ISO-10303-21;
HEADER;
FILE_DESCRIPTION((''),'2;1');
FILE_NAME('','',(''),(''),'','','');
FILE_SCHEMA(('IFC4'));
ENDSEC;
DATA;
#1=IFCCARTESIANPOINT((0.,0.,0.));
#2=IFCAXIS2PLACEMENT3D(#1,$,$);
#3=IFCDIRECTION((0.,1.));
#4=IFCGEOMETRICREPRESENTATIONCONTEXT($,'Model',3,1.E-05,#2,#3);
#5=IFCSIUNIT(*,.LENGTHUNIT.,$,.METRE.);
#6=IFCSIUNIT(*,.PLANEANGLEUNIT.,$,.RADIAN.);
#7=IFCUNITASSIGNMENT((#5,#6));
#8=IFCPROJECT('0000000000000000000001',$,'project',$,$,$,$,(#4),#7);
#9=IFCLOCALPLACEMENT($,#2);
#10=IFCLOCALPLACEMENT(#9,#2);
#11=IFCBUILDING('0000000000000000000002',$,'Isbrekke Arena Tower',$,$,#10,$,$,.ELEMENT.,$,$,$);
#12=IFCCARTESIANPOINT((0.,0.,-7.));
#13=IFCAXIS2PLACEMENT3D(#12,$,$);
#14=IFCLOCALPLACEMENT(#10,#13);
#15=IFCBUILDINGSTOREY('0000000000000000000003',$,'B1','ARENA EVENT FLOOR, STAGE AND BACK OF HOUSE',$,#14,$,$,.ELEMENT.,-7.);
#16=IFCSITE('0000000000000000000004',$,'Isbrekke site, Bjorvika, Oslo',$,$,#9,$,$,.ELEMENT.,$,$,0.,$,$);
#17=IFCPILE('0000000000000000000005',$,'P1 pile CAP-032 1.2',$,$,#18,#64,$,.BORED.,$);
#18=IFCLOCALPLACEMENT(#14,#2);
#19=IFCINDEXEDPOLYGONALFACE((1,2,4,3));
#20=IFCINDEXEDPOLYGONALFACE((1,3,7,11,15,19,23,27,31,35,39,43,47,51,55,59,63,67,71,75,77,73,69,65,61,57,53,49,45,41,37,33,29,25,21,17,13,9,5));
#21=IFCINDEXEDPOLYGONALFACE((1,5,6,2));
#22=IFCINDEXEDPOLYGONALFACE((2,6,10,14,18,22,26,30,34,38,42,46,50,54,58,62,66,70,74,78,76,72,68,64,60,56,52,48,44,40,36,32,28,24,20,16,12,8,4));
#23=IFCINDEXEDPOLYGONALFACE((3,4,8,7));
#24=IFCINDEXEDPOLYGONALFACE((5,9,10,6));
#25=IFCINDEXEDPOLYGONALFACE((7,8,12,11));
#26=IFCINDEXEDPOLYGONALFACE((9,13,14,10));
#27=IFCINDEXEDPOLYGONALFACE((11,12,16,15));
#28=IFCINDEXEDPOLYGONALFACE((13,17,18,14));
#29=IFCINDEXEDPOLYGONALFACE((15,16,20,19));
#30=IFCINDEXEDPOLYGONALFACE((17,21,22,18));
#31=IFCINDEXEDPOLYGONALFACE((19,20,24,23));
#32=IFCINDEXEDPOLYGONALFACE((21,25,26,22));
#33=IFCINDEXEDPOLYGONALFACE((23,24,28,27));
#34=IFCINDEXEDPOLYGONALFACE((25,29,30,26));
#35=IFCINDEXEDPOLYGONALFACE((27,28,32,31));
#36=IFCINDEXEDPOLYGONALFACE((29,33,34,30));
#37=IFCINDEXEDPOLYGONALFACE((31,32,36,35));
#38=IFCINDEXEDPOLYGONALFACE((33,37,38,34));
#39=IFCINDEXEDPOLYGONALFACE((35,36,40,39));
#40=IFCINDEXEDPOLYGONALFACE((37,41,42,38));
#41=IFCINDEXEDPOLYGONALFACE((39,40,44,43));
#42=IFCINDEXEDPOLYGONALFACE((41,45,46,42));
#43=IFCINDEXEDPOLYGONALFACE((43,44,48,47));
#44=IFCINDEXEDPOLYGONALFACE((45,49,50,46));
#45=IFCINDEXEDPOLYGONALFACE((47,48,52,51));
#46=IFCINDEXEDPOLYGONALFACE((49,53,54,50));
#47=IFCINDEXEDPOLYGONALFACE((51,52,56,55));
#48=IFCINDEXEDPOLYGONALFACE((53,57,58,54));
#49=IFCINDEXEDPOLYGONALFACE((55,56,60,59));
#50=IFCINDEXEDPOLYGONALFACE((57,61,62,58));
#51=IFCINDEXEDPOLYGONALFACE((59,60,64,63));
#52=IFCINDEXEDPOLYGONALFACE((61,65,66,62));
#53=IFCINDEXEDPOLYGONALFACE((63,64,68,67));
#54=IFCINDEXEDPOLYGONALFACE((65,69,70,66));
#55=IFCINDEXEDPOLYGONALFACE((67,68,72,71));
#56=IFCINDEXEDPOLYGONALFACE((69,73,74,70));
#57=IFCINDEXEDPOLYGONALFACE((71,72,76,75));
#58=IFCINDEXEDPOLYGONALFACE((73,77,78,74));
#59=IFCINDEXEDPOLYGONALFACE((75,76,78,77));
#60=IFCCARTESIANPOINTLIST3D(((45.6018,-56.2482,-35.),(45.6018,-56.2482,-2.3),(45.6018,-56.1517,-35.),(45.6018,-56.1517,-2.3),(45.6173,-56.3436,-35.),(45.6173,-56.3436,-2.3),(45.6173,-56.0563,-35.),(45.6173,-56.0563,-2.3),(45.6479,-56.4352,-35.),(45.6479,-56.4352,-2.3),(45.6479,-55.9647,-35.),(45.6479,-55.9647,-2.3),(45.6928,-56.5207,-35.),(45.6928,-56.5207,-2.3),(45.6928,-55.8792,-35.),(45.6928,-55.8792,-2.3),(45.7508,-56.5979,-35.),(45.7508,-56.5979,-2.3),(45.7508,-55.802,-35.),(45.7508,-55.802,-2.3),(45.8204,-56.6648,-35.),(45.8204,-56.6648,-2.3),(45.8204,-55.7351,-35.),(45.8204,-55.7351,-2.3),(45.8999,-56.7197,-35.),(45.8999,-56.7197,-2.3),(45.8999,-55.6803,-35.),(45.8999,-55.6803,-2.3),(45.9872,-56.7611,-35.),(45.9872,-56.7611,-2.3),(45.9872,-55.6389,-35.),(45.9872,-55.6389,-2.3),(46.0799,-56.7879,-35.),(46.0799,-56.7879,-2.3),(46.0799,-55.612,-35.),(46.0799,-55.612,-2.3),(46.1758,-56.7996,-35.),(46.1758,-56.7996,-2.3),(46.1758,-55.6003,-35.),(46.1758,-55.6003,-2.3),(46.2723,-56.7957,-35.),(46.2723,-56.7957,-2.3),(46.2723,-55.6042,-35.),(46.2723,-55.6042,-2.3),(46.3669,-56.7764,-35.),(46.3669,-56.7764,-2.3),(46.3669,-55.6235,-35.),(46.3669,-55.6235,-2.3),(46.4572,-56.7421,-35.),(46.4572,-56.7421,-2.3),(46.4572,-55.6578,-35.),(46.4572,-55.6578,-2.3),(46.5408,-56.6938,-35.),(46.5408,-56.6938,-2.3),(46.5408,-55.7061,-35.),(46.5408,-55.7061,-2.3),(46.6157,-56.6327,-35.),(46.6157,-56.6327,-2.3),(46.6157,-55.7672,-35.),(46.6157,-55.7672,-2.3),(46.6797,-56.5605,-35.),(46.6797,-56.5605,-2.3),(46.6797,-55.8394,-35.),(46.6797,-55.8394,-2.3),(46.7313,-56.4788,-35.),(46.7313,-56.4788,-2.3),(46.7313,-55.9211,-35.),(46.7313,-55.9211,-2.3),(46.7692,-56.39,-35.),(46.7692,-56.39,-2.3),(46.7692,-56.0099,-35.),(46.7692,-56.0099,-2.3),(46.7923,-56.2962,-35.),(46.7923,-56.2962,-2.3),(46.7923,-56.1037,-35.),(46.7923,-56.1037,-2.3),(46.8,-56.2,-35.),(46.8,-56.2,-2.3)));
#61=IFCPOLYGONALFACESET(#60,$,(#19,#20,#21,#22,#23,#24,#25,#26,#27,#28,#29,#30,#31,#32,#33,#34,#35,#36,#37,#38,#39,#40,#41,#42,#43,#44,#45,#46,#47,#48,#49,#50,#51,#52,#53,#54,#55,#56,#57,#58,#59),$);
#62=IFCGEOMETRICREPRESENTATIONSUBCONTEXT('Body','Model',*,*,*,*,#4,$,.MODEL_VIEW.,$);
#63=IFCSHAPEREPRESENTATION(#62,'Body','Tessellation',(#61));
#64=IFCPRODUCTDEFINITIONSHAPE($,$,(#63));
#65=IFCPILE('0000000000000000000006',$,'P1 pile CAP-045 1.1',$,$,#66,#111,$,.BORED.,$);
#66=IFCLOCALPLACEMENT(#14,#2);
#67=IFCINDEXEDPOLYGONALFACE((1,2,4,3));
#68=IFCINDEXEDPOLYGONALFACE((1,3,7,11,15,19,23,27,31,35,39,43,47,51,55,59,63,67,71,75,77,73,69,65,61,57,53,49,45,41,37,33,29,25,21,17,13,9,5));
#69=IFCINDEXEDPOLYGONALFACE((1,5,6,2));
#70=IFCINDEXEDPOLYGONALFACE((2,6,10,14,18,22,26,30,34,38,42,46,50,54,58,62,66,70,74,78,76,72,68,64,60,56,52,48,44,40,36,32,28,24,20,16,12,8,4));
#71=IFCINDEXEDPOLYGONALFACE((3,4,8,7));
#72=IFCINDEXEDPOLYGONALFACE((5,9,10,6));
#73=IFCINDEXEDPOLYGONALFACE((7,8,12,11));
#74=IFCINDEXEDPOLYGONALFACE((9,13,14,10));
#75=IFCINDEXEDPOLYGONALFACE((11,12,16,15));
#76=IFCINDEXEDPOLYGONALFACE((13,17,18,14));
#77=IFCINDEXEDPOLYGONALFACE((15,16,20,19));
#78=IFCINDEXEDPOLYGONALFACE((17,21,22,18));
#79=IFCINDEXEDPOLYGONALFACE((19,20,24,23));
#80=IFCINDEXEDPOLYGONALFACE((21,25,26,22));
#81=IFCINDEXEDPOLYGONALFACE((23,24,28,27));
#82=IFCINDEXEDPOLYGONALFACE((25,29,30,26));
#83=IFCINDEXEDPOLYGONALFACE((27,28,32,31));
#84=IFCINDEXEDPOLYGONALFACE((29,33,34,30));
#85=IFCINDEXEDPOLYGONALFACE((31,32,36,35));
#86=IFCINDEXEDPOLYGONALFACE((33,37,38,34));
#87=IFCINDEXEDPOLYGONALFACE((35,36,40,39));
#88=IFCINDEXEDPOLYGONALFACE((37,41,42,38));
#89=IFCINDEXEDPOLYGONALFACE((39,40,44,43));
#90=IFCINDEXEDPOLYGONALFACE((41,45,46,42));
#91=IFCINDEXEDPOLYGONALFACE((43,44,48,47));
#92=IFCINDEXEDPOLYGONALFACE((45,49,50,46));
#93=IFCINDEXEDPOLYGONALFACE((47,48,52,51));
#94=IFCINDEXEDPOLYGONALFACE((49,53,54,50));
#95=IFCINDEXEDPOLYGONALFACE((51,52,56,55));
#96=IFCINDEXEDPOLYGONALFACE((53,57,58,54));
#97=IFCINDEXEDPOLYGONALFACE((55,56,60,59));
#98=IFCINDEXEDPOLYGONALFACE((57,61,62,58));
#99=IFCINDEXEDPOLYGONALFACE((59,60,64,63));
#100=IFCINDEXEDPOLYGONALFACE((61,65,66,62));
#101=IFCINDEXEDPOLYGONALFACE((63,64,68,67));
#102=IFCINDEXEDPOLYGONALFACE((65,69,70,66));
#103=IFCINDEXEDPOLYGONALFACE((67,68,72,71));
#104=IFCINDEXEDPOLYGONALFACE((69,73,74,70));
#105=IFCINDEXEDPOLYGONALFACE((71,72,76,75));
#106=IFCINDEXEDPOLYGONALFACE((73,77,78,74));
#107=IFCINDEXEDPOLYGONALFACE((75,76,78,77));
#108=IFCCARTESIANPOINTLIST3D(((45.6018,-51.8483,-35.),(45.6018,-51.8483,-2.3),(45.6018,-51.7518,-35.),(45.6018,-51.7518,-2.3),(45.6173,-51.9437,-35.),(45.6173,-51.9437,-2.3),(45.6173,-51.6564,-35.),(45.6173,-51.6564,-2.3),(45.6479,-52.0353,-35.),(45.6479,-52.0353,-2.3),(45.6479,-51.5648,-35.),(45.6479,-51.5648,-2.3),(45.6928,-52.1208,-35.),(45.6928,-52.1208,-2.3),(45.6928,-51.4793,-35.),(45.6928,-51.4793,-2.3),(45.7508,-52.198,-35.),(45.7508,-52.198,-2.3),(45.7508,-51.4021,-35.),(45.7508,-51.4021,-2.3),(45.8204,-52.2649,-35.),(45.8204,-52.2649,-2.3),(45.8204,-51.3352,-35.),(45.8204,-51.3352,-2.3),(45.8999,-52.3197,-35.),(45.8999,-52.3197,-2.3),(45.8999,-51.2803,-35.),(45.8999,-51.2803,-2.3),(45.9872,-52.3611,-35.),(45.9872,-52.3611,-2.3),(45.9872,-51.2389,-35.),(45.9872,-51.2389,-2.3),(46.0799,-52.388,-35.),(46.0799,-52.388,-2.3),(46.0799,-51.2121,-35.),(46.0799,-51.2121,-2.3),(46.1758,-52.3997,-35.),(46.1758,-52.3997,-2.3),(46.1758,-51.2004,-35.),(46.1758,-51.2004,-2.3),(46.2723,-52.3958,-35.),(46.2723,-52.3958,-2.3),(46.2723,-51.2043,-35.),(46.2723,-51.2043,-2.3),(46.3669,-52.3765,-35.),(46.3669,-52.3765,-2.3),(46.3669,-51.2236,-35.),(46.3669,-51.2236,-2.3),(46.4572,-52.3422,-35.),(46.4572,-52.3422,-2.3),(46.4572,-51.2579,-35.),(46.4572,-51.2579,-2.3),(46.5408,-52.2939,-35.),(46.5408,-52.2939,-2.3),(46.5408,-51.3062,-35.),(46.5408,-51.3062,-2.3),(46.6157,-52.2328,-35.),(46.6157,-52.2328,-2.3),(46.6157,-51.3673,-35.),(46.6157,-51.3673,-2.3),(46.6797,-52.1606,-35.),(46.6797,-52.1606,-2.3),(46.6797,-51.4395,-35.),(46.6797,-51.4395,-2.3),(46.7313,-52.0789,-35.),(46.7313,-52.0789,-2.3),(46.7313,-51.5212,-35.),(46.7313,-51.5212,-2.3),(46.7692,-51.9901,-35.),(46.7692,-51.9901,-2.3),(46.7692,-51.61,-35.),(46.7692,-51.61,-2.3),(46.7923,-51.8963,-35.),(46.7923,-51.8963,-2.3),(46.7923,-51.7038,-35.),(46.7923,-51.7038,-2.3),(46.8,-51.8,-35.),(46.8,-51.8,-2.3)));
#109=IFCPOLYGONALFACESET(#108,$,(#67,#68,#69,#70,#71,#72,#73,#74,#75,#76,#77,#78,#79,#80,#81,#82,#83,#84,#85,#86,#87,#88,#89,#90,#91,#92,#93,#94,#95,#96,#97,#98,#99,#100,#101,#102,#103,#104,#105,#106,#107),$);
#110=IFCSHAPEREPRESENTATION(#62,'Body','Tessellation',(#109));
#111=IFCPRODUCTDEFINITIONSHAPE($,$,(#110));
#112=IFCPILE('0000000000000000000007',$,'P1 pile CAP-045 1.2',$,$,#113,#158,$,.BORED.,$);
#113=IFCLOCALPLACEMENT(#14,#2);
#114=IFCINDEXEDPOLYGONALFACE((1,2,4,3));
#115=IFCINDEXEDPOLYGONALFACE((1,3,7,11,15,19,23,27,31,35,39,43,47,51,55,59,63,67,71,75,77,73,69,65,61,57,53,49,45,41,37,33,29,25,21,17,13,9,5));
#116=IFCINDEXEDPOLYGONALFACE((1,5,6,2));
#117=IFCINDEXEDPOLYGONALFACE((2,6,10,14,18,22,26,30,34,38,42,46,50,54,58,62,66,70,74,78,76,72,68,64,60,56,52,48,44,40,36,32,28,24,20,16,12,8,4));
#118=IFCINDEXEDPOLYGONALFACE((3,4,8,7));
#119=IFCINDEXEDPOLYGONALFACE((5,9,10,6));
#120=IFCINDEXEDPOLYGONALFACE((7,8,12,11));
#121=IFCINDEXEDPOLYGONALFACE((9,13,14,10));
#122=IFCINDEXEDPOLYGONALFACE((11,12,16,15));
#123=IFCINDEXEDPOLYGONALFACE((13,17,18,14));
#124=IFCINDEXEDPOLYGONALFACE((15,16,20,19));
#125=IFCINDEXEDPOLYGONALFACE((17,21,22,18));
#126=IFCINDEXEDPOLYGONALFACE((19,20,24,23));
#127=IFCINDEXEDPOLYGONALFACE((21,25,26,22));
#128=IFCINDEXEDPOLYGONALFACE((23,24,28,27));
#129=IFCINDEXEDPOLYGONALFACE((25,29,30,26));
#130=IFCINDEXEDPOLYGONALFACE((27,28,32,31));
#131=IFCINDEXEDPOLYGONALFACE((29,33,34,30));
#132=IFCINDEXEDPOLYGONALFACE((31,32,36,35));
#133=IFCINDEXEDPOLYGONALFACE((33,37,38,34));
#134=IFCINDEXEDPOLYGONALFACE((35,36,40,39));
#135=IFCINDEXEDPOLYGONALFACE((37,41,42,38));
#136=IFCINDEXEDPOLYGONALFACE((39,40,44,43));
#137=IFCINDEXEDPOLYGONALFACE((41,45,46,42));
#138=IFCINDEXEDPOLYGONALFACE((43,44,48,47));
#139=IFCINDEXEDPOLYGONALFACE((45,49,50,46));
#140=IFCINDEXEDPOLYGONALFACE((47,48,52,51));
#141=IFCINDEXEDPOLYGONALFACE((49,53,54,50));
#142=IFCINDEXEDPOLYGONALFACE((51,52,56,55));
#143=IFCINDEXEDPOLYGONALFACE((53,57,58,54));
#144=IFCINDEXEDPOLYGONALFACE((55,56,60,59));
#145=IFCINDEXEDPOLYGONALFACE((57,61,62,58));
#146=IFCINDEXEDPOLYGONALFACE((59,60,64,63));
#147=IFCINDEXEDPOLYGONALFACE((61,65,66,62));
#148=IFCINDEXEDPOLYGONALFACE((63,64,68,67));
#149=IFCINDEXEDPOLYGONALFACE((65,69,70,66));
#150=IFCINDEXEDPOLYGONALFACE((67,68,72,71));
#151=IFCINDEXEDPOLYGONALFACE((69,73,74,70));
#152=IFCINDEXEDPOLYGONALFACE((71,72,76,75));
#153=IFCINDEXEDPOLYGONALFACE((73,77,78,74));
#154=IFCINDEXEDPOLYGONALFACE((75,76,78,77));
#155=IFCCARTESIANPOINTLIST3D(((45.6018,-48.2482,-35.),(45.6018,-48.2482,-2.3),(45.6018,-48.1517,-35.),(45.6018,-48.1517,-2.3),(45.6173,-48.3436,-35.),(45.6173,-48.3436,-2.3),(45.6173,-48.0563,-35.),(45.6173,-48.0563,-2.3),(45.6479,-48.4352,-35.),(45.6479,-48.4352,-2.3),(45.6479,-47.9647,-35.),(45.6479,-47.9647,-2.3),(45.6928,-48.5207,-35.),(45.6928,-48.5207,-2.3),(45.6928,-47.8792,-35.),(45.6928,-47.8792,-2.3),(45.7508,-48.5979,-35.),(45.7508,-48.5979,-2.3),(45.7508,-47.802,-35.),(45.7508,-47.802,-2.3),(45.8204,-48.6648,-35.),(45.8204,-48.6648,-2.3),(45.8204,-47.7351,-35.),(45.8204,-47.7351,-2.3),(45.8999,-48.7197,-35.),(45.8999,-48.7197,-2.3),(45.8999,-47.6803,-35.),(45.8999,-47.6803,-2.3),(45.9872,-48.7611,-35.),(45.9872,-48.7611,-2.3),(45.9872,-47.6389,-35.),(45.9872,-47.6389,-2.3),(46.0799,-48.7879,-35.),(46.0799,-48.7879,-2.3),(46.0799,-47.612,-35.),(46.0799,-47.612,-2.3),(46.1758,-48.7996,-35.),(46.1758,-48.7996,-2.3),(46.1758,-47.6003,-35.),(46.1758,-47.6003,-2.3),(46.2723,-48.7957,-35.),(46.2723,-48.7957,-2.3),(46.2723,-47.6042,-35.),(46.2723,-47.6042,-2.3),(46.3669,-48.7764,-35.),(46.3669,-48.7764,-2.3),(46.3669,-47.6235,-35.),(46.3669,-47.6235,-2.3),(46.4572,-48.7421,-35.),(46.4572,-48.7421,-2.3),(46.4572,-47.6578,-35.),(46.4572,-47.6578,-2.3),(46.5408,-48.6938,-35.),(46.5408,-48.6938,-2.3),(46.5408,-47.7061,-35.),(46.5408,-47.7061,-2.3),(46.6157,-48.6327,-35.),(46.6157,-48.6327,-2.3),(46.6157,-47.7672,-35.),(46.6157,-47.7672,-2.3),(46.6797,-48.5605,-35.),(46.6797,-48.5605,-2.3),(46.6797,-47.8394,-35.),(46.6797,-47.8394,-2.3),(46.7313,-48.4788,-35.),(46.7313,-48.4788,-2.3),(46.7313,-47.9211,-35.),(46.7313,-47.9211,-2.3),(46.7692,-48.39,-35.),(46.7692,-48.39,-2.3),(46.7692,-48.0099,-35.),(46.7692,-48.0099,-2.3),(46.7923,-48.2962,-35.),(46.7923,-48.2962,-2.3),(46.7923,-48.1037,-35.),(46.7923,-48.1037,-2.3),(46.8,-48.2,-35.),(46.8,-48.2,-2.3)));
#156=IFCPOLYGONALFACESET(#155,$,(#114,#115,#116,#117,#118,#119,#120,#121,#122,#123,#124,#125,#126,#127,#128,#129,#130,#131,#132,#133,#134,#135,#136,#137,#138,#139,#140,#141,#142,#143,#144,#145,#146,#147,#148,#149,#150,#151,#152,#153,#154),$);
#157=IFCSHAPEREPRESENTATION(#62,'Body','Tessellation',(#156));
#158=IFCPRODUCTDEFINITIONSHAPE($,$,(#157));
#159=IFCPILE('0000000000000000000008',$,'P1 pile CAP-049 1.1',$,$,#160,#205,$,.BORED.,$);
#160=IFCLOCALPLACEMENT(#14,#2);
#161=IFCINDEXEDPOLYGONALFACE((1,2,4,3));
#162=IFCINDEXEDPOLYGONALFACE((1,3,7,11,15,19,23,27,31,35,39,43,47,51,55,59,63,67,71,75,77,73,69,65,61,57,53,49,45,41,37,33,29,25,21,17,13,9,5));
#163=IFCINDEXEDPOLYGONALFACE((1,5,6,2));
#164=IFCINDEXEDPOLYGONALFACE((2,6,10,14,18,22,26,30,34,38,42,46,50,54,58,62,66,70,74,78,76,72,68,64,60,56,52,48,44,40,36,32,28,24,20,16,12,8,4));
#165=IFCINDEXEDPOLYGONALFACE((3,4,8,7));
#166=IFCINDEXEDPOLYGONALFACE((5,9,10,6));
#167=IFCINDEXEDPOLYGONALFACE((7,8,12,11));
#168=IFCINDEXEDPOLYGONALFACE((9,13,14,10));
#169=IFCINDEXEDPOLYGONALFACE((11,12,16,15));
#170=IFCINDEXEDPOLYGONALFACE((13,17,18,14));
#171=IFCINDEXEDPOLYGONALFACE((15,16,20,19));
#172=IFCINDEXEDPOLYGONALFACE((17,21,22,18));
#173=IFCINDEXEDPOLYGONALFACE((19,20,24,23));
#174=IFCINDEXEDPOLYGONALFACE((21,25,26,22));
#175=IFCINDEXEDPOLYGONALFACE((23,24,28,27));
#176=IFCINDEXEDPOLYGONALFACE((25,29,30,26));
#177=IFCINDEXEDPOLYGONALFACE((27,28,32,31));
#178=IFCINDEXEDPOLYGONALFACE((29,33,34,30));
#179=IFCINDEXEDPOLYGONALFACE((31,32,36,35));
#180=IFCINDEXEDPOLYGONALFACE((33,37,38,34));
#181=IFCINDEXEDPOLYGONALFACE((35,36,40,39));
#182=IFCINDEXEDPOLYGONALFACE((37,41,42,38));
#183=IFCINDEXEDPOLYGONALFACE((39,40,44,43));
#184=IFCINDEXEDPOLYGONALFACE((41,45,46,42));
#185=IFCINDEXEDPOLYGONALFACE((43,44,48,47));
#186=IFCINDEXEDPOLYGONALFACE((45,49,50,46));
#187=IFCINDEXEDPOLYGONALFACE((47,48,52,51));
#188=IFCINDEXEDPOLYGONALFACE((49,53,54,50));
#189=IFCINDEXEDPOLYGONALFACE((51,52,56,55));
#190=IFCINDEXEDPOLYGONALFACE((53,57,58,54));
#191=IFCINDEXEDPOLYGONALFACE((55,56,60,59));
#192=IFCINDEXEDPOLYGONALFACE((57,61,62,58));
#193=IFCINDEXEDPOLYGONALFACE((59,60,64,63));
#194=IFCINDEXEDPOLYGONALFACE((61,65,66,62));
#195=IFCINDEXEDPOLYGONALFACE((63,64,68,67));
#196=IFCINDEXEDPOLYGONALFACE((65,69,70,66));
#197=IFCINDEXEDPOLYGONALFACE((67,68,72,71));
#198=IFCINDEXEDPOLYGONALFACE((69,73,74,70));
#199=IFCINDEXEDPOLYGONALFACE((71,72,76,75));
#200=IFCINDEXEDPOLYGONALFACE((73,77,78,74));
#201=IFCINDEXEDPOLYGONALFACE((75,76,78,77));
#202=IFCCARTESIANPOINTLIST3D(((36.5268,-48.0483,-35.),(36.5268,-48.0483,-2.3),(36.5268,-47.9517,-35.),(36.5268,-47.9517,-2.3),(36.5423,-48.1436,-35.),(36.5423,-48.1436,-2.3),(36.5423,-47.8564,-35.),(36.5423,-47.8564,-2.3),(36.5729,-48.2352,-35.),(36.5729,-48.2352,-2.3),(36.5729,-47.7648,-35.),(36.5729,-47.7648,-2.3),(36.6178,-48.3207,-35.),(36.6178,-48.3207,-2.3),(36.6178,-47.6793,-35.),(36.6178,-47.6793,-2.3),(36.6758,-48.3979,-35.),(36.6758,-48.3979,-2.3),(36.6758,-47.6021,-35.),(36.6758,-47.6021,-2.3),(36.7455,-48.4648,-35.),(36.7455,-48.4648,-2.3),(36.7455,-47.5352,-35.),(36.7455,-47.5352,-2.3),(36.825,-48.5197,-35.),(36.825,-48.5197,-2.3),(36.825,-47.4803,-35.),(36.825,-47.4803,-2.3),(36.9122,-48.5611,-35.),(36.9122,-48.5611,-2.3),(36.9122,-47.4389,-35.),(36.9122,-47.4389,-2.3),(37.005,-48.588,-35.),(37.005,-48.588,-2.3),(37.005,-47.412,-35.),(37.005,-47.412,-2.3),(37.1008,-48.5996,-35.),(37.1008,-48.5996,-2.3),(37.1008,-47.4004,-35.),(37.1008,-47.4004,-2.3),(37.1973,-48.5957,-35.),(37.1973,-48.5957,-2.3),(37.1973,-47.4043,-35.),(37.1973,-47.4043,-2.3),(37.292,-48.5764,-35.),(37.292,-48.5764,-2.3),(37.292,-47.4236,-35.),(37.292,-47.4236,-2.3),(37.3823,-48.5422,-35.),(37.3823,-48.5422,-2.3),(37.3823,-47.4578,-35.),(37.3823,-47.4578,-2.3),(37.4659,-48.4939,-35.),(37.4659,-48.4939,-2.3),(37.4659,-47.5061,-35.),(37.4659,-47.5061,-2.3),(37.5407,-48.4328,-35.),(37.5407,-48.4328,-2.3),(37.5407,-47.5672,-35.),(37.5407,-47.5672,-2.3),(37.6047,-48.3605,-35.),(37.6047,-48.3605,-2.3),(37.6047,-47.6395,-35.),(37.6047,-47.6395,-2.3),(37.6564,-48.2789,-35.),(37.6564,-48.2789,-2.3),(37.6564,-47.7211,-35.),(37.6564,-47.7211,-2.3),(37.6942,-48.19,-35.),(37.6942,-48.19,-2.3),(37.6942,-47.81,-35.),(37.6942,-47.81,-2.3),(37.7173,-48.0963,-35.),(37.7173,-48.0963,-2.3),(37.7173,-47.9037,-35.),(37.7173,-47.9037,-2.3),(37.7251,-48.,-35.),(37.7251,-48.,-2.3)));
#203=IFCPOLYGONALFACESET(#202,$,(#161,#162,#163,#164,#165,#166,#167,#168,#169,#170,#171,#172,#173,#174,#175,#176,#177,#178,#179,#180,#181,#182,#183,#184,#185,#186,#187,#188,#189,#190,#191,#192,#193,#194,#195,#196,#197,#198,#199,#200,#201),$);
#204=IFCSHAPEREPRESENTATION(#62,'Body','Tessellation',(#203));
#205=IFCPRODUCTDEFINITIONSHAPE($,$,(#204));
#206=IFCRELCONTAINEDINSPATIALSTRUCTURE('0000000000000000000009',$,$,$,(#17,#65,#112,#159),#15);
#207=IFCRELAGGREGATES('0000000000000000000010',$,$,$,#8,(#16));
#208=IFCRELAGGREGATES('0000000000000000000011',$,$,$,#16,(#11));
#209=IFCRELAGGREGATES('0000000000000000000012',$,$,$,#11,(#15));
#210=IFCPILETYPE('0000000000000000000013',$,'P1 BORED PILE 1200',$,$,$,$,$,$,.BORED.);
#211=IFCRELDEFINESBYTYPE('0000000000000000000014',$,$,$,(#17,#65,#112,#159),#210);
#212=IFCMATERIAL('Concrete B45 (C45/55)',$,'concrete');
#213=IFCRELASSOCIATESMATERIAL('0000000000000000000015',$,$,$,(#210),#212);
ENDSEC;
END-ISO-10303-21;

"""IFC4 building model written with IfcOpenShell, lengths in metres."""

from ifc_helpers import new_model, si_unit, direction, frame, origin, origin_2d, place, context, subcontext, project, spatial, circle, extrude, material, material_profile, profile_set, type_object, element, save


model = new_model("IFC4")

# Units and contexts
model_context = context("Model", 3, precision=1e-05, world=origin(), true_north=direction((0.0, 1.0)))
body_context = subcontext(model_context, "Body", "Model", "MODEL_VIEW")
ifc_project = project(units=[si_unit("LENGTHUNIT", "METRE"), si_unit("PLANEANGLEUNIT", "RADIAN")], contexts=[model_context])

# Site, building, storey
site_placement = place(None, origin())
site = spatial("IfcSite", under=ifc_project, at=site_placement, Name="Isbrekke site, Bjorvika, Oslo", CompositionType="ELEMENT", RefElevation=0.0)
building_placement = place(site_placement, origin())
building = spatial("IfcBuilding", under=site, at=building_placement, Name="Isbrekke Arena Tower", CompositionType="ELEMENT")
storey_placement = place(building_placement, frame((0.0, 0.0, -7.0)))
storey = spatial("IfcBuildingStorey", under=building, at=storey_placement, Name="B1", Description="ARENA EVENT FLOOR, STAGE AND BACK OF HOUSE", CompositionType="ELEMENT", Elevation=-7.0)

# Piles
ifc_material_1 = material(Name="Concrete B45 (C45/55)", Category="concrete")
ifc_material_profile_1 = material_profile(ifc_material_1, circle(Radius=0.6001, at=origin_2d()), Name="BORED PILE D1200")
ifc_profile_set_1 = profile_set([ifc_material_profile_1], Name="Concrete B45 (C45/55)")
pile_type = type_object("IfcPileType", Name="P1 BORED PILE 1200", PredefinedType="BORED", material=ifc_profile_set_1)
for number, where, z_axis, x_axis, name in (
    (1, (46.2, -56.2, -2.3), (0.0, 0.0, -1.0), (1.0, 0.0, 0.0), "P1 pile CAP-032 1.2"),
    (2, (46.2, -51.8, -2.3), (0.0, 0.0, -1.0), (1.0, 0.0, 0.0), "P1 pile CAP-045 1.1"),
    (3, (46.2, -48.2, -2.3), (0.0, 0.0, -1.0), (1.0, 0.0, 0.0), "P1 pile CAP-045 1.2"),
    (4, (37.125, -48.0, -2.3), (0.0, 0.0, -1.0), (1.0, 0.0, 0.0), "P1 pile CAP-049 1.1"),
):
    element("IfcPile", number, at=place(storey_placement, frame(where, z_axis=z_axis, x_axis=x_axis)), inside=storey, type_object=pile_type, Name=name, PredefinedType="BORED", context=body_context, shape_type="SweptSolid", body=[
        extrude(circle(Radius=0.6001, at=origin_2d()), origin(), (0.0, 0.0, 1.0), 32.7),
    ])

save(model, "model.ifc")
